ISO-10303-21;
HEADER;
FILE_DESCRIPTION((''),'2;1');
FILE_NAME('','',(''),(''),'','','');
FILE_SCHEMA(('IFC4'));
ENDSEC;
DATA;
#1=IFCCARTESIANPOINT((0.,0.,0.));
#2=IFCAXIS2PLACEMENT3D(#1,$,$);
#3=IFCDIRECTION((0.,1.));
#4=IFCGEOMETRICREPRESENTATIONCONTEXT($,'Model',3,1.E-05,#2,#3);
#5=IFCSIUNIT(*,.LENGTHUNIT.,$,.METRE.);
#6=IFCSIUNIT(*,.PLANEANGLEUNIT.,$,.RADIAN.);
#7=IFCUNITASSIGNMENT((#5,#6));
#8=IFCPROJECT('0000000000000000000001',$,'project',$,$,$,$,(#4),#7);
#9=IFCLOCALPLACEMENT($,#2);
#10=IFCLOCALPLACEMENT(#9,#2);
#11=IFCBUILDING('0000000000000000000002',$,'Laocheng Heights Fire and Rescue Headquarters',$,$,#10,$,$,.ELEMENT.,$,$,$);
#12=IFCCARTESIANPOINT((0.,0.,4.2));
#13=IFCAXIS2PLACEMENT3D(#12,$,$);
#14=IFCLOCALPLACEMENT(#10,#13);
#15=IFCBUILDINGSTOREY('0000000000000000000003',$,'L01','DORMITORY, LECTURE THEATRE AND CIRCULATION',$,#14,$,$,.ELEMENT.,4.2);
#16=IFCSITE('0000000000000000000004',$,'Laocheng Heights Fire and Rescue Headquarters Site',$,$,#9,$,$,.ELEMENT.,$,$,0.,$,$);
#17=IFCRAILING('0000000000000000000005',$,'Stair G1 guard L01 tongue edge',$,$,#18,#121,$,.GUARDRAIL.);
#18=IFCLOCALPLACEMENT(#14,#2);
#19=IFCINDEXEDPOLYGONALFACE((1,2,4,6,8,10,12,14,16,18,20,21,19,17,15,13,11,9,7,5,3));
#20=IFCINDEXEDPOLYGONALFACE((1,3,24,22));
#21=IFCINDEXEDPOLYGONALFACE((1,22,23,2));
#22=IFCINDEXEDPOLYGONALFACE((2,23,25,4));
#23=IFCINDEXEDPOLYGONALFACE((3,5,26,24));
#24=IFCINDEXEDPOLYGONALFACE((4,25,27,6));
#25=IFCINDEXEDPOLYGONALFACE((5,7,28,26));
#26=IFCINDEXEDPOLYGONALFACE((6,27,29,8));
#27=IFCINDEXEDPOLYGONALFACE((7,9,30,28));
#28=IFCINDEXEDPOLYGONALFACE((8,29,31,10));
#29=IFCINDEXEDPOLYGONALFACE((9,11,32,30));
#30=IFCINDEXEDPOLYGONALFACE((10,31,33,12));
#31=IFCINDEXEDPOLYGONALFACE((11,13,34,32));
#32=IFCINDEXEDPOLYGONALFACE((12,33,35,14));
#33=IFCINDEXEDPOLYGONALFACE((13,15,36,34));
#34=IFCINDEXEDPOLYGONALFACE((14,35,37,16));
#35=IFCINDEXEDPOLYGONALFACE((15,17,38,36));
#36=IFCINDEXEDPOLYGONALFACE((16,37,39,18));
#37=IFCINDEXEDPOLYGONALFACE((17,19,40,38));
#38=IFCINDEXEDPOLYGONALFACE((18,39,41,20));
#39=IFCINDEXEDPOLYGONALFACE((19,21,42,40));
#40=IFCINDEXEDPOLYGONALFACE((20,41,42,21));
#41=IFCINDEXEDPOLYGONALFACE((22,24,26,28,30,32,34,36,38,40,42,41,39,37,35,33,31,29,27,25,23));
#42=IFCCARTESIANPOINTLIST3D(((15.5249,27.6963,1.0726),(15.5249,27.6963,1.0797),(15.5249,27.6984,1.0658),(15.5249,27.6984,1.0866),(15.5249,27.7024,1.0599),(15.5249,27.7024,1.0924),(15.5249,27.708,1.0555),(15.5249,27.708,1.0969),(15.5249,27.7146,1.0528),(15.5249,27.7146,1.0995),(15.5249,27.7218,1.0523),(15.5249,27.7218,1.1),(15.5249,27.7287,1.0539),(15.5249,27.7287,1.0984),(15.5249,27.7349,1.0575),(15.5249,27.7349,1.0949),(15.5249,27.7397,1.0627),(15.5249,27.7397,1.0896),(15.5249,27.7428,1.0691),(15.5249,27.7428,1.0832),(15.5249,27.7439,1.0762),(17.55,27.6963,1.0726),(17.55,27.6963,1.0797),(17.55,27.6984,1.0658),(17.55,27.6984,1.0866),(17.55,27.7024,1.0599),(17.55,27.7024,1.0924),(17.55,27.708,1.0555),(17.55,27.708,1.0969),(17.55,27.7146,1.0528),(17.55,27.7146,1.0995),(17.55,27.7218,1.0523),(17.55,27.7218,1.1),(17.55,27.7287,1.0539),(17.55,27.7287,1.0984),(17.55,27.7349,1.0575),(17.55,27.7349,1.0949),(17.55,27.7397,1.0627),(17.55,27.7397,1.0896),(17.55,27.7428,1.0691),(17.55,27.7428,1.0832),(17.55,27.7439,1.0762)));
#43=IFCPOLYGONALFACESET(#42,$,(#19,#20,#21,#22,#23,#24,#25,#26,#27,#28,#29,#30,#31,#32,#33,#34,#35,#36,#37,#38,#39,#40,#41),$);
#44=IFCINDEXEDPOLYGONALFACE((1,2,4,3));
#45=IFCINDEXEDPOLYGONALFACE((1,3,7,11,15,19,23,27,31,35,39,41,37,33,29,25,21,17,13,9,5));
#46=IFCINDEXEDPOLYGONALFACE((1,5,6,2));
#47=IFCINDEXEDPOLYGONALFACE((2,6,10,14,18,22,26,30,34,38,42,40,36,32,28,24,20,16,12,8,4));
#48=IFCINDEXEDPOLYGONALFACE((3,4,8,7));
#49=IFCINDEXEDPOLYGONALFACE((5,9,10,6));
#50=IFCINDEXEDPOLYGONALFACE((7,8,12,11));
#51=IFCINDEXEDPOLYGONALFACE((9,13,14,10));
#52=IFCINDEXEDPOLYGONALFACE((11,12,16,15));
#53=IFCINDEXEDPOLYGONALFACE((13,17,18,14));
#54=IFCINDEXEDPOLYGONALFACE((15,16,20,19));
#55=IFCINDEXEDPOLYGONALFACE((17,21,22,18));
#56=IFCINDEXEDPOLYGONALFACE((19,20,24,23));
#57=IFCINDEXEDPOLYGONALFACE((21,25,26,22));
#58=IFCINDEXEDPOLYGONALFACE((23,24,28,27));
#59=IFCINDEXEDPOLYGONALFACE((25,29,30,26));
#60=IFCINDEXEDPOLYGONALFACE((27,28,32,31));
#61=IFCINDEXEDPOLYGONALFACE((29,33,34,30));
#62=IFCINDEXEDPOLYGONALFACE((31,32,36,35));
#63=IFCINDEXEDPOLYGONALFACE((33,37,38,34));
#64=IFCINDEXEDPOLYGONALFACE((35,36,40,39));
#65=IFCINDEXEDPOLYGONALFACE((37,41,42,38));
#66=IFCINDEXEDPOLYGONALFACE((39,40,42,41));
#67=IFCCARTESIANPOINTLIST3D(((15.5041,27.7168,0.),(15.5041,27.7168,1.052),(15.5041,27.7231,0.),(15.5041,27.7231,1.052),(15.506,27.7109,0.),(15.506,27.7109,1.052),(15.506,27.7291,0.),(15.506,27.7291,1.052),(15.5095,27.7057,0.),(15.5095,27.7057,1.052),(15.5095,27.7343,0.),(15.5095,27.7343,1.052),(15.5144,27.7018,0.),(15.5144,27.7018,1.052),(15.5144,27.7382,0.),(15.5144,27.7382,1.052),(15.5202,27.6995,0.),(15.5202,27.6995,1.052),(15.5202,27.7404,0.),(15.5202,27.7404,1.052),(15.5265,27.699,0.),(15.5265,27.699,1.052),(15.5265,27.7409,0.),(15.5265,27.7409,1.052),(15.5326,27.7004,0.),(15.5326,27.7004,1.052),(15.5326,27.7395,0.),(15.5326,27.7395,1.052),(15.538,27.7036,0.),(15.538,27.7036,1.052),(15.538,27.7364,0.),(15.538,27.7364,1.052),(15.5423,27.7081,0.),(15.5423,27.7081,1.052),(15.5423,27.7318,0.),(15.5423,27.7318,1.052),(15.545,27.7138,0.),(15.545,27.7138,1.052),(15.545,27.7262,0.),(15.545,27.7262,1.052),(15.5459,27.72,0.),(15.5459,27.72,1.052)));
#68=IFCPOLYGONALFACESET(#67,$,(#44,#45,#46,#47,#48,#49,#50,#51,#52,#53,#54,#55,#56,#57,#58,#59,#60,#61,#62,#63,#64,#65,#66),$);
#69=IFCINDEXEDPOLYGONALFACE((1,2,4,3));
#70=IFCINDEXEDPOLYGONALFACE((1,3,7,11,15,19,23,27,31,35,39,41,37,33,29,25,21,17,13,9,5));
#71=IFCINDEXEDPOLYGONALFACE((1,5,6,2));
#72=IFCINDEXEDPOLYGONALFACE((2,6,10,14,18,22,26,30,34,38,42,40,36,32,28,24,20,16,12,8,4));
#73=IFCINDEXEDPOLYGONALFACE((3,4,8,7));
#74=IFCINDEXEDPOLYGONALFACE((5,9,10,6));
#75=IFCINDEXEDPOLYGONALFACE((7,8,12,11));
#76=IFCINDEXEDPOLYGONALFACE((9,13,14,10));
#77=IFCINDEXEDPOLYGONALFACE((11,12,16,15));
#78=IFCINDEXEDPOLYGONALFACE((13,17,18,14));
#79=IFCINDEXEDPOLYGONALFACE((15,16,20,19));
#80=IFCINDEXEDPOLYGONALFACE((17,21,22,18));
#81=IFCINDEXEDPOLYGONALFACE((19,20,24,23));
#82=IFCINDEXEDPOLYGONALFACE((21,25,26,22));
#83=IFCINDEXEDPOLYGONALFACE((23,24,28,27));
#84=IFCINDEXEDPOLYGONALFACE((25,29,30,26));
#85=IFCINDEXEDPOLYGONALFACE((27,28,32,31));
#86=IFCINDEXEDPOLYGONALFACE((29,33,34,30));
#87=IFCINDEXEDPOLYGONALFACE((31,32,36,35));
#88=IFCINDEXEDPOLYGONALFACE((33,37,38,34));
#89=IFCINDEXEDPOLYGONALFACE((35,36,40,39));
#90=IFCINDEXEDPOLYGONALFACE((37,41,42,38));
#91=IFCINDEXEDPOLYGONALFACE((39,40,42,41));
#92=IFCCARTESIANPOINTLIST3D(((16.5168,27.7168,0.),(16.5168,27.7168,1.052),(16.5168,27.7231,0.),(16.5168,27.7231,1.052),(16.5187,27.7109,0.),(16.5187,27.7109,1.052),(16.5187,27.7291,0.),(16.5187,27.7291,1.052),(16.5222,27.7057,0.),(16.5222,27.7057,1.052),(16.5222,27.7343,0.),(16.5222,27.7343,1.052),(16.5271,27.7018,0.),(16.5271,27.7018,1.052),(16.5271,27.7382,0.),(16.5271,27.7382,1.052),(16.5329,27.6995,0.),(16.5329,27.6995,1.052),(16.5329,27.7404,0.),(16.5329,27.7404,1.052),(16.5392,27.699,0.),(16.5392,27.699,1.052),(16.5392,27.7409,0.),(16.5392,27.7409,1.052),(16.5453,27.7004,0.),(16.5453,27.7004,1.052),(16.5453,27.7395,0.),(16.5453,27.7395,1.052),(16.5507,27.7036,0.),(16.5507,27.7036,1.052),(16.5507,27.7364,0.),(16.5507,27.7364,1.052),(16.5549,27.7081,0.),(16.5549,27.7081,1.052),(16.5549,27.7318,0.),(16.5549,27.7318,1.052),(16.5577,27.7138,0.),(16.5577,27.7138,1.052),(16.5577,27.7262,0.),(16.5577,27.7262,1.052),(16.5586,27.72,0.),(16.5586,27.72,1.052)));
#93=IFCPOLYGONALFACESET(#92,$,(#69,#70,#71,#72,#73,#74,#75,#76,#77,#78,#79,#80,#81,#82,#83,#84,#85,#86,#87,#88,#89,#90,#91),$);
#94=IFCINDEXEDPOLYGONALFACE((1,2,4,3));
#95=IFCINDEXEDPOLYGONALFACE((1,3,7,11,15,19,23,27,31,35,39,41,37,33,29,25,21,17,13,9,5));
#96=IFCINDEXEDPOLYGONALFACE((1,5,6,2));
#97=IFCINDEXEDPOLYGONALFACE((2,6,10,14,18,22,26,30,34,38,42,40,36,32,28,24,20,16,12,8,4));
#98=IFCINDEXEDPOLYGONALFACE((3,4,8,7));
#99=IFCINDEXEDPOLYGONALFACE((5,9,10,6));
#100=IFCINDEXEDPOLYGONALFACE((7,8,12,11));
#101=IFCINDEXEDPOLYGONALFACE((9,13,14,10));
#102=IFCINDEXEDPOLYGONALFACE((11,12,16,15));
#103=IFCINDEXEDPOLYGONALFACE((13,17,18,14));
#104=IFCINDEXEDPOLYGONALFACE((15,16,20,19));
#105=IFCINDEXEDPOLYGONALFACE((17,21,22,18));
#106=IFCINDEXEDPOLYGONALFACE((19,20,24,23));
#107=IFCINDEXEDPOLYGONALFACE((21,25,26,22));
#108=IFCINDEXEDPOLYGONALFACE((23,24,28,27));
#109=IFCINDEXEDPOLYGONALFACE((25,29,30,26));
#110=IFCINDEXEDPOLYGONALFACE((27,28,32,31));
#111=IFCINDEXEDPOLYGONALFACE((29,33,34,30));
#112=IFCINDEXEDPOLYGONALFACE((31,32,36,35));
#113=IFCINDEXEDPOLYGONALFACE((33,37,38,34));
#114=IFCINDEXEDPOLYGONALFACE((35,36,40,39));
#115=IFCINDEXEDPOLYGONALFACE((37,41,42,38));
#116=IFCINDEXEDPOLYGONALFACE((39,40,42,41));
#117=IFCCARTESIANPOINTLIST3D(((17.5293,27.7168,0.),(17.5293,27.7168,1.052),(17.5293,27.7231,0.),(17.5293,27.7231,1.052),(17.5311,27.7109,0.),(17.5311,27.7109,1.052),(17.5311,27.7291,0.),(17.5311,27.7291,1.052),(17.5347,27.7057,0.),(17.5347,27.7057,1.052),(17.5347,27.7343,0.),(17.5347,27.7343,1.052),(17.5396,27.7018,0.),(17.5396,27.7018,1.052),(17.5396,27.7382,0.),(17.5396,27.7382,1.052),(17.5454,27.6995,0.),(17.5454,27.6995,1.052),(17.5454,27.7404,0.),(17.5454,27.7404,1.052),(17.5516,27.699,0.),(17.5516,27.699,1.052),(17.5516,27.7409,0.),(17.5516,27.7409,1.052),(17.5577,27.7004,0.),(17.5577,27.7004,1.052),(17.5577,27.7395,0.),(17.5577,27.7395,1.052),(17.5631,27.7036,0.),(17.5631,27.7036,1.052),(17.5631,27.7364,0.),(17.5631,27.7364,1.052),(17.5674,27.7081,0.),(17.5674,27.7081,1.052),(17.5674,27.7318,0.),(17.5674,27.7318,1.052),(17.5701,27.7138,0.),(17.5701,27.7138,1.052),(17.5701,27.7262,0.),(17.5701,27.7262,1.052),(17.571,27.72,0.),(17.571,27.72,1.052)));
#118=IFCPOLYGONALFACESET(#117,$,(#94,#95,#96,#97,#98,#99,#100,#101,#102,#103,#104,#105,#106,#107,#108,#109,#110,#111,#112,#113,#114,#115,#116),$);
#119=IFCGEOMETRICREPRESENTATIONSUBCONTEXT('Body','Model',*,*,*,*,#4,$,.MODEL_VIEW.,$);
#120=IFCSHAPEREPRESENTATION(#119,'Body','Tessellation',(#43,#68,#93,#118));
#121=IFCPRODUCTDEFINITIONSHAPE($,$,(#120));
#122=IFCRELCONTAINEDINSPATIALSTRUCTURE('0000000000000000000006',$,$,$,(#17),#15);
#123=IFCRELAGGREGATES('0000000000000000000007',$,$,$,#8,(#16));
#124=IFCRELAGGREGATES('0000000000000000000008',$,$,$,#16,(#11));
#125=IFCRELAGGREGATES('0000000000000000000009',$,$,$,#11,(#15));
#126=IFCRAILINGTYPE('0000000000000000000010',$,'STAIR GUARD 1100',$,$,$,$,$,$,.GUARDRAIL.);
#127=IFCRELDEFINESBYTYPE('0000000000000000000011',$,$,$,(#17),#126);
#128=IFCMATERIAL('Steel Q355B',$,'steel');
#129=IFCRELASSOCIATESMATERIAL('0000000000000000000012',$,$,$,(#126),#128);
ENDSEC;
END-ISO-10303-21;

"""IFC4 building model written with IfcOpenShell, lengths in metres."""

from ifc_helpers import new_model, si_unit, direction, frame, origin, origin_2d, place, context, subcontext, project, spatial, circle, extrude, material, type_object, element, save


model = new_model("IFC4")

# Units and contexts
model_context = context("Model", 3, precision=1e-05, world=origin(), true_north=direction((0.0, 1.0)))
body_context = subcontext(model_context, "Body", "Model", "MODEL_VIEW")
ifc_project = project(units=[si_unit("LENGTHUNIT", "METRE"), si_unit("PLANEANGLEUNIT", "RADIAN")], contexts=[model_context])

# Site, building, storey
site_placement = place(None, origin())
site = spatial("IfcSite", under=ifc_project, at=site_placement, Name="Laocheng Heights Fire and Rescue Headquarters Site", CompositionType="ELEMENT", RefElevation=0.0)
building_placement = place(site_placement, origin())
building = spatial("IfcBuilding", under=site, at=building_placement, Name="Laocheng Heights Fire and Rescue Headquarters", CompositionType="ELEMENT")
storey_placement = place(building_placement, frame((0.0, 0.0, 4.2)))
storey = spatial("IfcBuildingStorey", under=building, at=storey_placement, Name="L01", Description="DORMITORY, LECTURE THEATRE AND CIRCULATION", CompositionType="ELEMENT", Elevation=4.2)

# Railing
ifc_material_1 = material(Name="Steel Q355B", Category="steel")
railing_type_1 = type_object("IfcRailingType", Name="STAIR GUARD 1100", PredefinedType="GUARDRAIL", material=ifc_material_1)
railing_1_placement = place(storey_placement, frame((15.5249, 27.72, 0.0)))
element("IfcRailing", 1, at=railing_1_placement, inside=storey, type_object=railing_type_1, Name="Stair G1 guard L01 tongue edge", PredefinedType="GUARDRAIL", context=body_context, shape_type="SweptSolid", body=[
    extrude(circle(Radius=0.0239, at=origin_2d()), frame((0.0, 0.0, 1.0762), z_axis=(1.0, 0.0, 0.0), x_axis=(0.0, 1.0, 0.0)), (0.0, 0.0, 1.0), 2.0251),
    extrude(circle(Radius=0.021, at=origin_2d()), origin(), (0.0, 0.0, 1.0), 1.052),
    extrude(circle(Radius=0.021, at=origin_2d()), frame((1.0127, 0.0, 0.0)), (0.0, 0.0, 1.0), 1.052),
    extrude(circle(Radius=0.021, at=origin_2d()), frame((2.0251, 0.0, 0.0)), (0.0, 0.0, 1.0), 1.052),
])

save(model, "model.ifc")
